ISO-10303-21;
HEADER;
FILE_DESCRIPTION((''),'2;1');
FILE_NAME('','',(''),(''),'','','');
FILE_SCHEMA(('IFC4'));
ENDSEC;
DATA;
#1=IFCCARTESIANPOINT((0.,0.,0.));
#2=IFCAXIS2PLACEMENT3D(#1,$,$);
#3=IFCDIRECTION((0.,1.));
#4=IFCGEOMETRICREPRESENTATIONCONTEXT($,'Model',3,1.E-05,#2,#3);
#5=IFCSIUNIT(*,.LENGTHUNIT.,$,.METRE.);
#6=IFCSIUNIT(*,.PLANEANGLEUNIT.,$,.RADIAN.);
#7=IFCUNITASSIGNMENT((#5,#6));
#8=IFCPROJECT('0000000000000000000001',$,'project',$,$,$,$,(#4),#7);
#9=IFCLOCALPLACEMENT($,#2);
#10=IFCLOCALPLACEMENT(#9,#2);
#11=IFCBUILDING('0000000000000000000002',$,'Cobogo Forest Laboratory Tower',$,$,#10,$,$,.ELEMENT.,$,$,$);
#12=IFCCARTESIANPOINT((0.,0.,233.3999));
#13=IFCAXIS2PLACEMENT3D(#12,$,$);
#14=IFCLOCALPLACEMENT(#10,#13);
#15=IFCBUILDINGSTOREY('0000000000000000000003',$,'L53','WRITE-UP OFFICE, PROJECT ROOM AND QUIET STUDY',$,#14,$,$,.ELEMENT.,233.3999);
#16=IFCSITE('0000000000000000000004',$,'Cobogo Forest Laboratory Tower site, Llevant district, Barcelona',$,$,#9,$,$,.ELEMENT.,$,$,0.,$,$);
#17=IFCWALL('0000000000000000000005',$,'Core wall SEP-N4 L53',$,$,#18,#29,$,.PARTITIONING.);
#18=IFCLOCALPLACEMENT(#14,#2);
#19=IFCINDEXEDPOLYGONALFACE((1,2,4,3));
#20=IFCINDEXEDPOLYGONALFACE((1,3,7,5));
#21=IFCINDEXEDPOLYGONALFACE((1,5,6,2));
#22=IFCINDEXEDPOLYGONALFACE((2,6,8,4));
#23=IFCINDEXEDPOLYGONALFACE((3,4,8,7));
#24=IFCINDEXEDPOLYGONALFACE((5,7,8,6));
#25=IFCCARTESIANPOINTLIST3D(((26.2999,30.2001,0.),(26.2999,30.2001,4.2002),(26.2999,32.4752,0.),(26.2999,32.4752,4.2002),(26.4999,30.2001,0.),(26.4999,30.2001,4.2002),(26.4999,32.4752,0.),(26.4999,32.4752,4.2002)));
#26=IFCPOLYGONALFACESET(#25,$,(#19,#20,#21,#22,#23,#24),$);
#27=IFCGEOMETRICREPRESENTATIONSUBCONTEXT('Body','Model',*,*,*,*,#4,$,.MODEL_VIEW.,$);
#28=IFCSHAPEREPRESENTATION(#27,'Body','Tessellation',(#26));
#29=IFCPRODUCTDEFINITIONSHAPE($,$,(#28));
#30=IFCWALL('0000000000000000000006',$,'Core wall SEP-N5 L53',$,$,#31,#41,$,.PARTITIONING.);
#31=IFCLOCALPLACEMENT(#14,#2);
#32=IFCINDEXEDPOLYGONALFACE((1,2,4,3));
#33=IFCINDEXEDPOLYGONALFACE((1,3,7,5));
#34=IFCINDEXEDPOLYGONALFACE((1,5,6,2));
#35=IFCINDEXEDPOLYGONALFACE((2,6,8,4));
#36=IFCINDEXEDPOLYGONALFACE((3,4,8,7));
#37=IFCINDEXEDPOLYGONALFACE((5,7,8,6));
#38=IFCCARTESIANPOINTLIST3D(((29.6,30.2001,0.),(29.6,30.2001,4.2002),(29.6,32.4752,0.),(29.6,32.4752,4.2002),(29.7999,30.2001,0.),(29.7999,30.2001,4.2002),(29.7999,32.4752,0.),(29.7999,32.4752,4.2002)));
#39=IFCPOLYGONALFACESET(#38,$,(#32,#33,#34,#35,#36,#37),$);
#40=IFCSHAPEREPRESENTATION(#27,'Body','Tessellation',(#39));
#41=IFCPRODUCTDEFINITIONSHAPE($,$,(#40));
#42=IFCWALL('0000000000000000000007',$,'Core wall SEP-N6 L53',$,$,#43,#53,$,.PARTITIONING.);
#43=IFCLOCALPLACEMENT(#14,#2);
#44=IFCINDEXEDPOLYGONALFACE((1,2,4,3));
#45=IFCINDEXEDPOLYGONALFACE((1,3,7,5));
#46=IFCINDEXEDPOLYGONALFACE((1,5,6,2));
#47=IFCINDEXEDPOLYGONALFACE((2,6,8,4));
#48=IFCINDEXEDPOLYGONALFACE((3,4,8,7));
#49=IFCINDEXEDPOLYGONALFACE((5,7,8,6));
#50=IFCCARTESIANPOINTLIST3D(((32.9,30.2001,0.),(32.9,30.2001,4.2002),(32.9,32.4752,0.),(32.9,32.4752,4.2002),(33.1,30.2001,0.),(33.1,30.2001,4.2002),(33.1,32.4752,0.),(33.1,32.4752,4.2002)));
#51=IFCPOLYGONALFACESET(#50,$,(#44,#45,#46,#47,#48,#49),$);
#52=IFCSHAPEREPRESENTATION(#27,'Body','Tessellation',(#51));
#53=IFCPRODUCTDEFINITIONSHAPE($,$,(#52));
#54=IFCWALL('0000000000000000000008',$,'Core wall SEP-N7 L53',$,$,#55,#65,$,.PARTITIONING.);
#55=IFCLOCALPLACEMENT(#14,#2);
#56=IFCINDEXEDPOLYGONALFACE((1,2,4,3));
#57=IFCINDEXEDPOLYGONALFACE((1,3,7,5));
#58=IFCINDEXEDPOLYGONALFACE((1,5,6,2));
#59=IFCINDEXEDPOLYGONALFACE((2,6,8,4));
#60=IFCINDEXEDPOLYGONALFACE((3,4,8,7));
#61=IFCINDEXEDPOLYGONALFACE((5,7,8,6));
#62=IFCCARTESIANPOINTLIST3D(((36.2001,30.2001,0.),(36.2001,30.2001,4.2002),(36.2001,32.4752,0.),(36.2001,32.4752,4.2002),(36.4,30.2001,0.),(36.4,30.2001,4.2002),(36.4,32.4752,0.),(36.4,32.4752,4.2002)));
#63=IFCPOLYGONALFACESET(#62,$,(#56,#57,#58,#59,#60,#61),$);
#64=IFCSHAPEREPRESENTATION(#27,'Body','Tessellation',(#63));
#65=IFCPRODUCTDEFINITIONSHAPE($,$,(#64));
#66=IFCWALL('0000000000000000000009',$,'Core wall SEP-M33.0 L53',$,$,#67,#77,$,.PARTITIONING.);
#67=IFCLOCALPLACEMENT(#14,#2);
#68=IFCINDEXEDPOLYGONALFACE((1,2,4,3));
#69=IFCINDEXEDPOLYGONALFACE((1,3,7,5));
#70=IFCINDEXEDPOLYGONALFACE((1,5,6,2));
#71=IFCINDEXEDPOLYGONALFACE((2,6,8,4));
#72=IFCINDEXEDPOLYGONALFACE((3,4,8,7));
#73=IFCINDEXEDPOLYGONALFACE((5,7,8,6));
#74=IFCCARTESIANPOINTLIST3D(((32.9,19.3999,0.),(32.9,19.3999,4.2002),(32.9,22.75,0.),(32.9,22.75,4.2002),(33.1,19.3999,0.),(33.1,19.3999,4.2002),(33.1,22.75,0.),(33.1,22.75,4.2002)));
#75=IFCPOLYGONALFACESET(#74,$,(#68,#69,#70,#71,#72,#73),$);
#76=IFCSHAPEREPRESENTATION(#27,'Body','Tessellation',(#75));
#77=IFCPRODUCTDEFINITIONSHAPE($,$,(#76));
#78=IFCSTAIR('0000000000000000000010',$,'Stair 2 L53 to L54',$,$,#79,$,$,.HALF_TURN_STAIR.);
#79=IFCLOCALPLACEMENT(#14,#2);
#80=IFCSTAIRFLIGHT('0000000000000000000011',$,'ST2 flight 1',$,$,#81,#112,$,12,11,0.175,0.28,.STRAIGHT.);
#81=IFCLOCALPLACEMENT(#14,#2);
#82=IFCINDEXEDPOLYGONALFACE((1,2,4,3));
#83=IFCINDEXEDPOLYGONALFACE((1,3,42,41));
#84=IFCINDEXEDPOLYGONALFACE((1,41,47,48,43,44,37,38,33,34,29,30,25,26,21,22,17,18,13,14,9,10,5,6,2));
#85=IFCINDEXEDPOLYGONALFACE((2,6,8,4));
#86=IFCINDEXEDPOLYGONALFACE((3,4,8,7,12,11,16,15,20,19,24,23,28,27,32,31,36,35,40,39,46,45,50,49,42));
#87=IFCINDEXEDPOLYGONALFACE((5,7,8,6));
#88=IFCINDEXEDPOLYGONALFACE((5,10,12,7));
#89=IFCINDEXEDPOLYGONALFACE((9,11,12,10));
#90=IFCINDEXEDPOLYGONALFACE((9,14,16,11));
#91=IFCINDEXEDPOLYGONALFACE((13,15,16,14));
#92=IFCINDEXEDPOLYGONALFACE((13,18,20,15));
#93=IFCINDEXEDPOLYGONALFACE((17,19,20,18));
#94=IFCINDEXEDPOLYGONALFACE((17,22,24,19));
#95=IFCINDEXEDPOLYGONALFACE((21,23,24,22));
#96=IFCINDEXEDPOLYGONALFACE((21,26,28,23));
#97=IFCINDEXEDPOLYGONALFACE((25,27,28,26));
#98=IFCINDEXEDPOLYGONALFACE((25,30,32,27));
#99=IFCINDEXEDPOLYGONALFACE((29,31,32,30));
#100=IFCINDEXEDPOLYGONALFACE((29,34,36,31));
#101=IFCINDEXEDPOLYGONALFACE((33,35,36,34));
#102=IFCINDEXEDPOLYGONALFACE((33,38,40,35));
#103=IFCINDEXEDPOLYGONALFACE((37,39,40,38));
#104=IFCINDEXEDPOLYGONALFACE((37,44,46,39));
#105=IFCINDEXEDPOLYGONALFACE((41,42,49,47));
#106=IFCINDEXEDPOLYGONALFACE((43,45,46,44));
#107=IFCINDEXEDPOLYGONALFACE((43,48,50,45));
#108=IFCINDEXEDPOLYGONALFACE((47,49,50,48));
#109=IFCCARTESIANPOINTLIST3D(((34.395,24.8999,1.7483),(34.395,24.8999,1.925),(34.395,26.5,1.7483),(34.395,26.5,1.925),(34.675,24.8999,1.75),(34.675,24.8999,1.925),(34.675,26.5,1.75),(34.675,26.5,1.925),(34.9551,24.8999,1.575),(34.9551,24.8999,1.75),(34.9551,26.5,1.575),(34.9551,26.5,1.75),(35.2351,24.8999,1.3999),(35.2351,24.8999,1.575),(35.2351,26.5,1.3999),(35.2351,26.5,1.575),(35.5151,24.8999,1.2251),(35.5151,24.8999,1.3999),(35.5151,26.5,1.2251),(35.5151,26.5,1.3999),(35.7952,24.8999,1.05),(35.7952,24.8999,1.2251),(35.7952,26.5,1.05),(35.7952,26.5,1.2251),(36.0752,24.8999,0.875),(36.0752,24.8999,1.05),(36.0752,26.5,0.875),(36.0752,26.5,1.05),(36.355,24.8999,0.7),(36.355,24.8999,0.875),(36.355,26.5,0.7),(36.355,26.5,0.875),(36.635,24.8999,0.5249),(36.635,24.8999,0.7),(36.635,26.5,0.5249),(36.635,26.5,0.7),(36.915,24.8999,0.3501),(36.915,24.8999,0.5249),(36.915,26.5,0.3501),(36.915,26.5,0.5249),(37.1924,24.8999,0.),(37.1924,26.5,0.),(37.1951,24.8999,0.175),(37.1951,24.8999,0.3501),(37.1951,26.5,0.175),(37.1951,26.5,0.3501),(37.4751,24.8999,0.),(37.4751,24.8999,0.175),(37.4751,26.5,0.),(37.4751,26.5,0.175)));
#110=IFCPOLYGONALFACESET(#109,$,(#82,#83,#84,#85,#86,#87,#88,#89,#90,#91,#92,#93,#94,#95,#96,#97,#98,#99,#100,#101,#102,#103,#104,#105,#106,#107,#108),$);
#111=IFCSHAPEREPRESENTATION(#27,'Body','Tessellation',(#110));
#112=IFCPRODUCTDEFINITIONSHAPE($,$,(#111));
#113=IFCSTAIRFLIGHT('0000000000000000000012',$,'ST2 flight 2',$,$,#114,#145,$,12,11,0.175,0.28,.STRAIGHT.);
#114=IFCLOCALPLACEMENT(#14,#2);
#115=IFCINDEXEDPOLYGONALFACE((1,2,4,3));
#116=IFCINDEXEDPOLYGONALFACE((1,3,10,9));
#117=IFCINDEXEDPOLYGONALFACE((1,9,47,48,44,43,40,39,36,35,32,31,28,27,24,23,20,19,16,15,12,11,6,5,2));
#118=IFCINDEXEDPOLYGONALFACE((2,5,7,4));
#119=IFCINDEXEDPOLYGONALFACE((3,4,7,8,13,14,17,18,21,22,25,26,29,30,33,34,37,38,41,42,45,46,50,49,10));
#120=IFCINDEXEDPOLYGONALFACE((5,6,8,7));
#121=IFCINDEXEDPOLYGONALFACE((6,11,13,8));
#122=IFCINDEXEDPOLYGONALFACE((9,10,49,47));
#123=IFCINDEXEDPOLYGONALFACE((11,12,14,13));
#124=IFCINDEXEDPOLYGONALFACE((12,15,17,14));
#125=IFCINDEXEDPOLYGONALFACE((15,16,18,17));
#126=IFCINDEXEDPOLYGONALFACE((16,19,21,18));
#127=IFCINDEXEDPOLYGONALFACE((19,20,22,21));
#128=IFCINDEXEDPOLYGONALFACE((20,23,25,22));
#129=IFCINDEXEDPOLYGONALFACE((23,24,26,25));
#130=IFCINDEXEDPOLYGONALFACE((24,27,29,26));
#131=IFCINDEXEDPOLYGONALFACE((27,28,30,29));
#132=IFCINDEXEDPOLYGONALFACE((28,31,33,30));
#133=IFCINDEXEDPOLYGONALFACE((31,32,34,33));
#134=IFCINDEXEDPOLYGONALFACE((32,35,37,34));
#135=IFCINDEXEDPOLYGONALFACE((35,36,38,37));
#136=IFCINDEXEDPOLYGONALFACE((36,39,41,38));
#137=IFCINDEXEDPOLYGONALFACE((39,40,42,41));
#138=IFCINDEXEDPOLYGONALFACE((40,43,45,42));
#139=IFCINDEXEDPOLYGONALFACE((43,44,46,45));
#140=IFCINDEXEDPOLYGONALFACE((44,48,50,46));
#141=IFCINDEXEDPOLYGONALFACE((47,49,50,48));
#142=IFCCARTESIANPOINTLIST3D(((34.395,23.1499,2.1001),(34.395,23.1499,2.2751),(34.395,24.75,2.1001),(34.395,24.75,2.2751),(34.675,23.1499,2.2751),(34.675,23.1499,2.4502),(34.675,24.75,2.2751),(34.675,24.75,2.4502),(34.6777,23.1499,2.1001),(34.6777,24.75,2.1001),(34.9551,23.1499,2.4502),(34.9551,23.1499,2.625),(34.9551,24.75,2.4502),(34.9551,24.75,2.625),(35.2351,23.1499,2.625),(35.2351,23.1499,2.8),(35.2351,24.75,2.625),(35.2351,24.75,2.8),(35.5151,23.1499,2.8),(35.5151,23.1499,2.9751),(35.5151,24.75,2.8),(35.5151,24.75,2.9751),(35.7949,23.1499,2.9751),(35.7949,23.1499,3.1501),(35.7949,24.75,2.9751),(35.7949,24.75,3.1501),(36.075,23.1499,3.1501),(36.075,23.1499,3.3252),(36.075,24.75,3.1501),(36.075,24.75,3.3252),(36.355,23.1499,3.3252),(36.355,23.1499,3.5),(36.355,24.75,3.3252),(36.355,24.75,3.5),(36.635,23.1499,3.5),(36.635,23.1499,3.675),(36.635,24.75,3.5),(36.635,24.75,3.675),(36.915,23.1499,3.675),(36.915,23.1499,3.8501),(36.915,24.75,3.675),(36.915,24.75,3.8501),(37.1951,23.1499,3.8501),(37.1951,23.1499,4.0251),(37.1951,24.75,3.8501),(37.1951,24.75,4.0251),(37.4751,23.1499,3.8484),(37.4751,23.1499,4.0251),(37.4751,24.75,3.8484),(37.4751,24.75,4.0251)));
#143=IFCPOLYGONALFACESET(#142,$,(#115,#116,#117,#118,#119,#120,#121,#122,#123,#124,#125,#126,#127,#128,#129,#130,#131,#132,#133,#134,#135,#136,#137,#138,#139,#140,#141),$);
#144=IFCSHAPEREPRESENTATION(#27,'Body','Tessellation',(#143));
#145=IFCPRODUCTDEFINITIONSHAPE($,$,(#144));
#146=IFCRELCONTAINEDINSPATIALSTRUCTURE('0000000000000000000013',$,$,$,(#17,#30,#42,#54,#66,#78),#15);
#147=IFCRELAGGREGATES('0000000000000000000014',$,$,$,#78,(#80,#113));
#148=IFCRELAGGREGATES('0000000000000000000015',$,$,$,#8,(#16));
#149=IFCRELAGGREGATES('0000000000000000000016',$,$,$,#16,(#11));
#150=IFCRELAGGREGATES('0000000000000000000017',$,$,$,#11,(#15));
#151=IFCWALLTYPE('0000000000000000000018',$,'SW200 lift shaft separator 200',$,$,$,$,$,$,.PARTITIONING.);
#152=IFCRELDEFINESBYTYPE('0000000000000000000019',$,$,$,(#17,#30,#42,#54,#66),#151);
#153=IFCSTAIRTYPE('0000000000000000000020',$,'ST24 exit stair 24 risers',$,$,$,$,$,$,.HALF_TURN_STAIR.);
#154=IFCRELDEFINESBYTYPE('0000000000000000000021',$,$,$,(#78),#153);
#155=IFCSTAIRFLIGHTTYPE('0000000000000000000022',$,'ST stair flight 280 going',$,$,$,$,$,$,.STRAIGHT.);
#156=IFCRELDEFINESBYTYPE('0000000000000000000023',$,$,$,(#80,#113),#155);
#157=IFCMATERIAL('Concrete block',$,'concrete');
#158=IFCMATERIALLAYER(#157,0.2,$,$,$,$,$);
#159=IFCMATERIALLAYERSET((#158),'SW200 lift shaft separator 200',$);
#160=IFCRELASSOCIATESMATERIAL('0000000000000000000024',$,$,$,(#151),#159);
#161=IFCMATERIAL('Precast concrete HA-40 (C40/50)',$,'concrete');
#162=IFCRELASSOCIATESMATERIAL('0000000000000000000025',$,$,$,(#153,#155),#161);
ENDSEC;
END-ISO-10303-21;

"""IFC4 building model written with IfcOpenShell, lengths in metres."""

from ifc_helpers import new_model, si_unit, direction, frame, frame_2d, origin, place, context, subcontext, project, spatial, polyline, rectangle, outline, extrude, material, layer, layer_set, type_object, element, aggregate, save


model = new_model("IFC4")

# Units and contexts
model_context = context("Model", 3, precision=1e-05, world=origin(), true_north=direction((0.0, 1.0)))
body_context = subcontext(model_context, "Body", "Model", "MODEL_VIEW")
ifc_project = project(units=[si_unit("LENGTHUNIT", "METRE"), si_unit("PLANEANGLEUNIT", "RADIAN")], contexts=[model_context])

# Site, building, storey
site_placement = place(None, origin())
site = spatial("IfcSite", under=ifc_project, at=site_placement, Name="Cobogo Forest Laboratory Tower site, Llevant district, Barcelona", CompositionType="ELEMENT", RefElevation=0.0)
building_placement = place(site_placement, origin())
building = spatial("IfcBuilding", under=site, at=building_placement, Name="Cobogo Forest Laboratory Tower", CompositionType="ELEMENT")
storey_placement = place(building_placement, frame((0.0, 0.0, 233.3999)))
storey = spatial("IfcBuildingStorey", under=building, at=storey_placement, Name="L53", Description="WRITE-UP OFFICE, PROJECT ROOM AND QUIET STUDY", CompositionType="ELEMENT", Elevation=233.3999)

# Walls
ifc_material_1 = material(Name="Concrete block", Category="concrete")
ifc_layer_1 = layer(ifc_material_1, 0.2)
ifc_layer_set_1 = layer_set([ifc_layer_1], Name="SW200 lift shaft separator 200")
wall_type_1 = type_object("IfcWallType", Name="SW200 lift shaft separator 200", PredefinedType="PARTITIONING", material=ifc_layer_set_1)
for number, where, z_axis, x_axis, name in (
    (1, (26.3999, 30.2, 0.0), (0.0, 0.0, 1.0), (0.0, 1.0, 0.0), "Core wall SEP-N4 L53"),
    (2, (29.7, 30.2, 0.0), (0.0, 0.0, 1.0), (0.0, 1.0, 0.0), "Core wall SEP-N5 L53"),
    (3, (33.0, 30.2, 0.0), (0.0, 0.0, 1.0), (0.0, 1.0, 0.0), "Core wall SEP-N6 L53"),
    (4, (36.3, 30.2, 0.0), (0.0, 0.0, 1.0), (0.0, 1.0, 0.0), "Core wall SEP-N7 L53"),
):
    element("IfcWall", number, at=place(storey_placement, frame(where, z_axis=z_axis, x_axis=x_axis)), inside=storey, type_object=wall_type_1, Name=name, PredefinedType="PARTITIONING", context=body_context, shape_type="SweptSolid", body=[
        extrude(rectangle(XDim=2.2751, YDim=0.2, at=frame_2d((1.1377, 0.0))), origin(), (0.0, 0.0, 1.0), 4.2002),
    ])
wall_1_placement = place(storey_placement, frame((33.0, 19.3999, 0.0), z_axis=(0.0, 0.0, 1.0), x_axis=(0.0, 1.0, 0.0)))
element("IfcWall", 5, at=wall_1_placement, inside=storey, type_object=wall_type_1, Name="Core wall SEP-M33.0 L53", PredefinedType="PARTITIONING", context=body_context, shape_type="SweptSolid", body=[
    extrude(rectangle(XDim=3.3501, YDim=0.2, at=frame_2d((1.675, 0.0))), origin(), (0.0, 0.0, 1.0), 4.2002),
])

# Stair, stair flights
ifc_material_2 = material(Name="Precast concrete HA-40 (C40/50)", Category="concrete")
stair_type = type_object("IfcStairType", Name="ST24 exit stair 24 risers", PredefinedType="HALF_TURN_STAIR", material=ifc_material_2)
stair_placement = place(storey_placement, origin())
stair = element("IfcStair", 6, at=stair_placement, inside=storey, type_object=stair_type, Name="Stair 2 L53 to L54", PredefinedType="HALF_TURN_STAIR")
stair_flight_type = type_object("IfcStairFlightType", Name="ST stair flight 280 going", PredefinedType="STRAIGHT", material=ifc_material_2)
stair_flight_1_placement = place(storey_placement, frame((37.4751, 25.7, 0.0), z_axis=(0.0, 0.0, 1.0), x_axis=(-1.0, 0.0, 0.0)))
stair_flight_1 = element("IfcStairFlight", 7, at=stair_flight_1_placement, type_object=stair_flight_type, Name="ST2 flight 1", NumberOfRisers=12, NumberOfTreads=11, PredefinedType="STRAIGHT", RiserHeight=0.175, TreadLength=0.28, context=body_context, shape_type="SweptSolid", body=[
    extrude(outline(polyline([(0.0, 0.0), (0.0, 0.175), (0.28, 0.175), (0.28, 0.3501), (0.5601, 0.3501), (0.5601, 0.5249), (0.8401, 0.5249), (0.8401, 0.7), (1.1201, 0.7), (1.1201, 0.875), (1.3999, 0.875), (1.3999, 1.05), (1.6799, 1.05), (1.6799, 1.2251), (1.96, 1.2251), (1.96, 1.3999), (2.24, 1.3999), (2.24, 1.575), (2.52, 1.575), (2.52, 1.75), (2.8, 1.75), (2.8, 1.925), (3.0801, 1.925), (3.0801, 2.1001), (3.0801, 1.7483), (0.2827, 0.0), (0.0, 0.0)])), frame((0.0, 0.8, 0.0), z_axis=(0.0, -1.0, 0.0), x_axis=(1.0, 0.0, 0.0)), (0.0, 0.0, 1.0), 1.6001),
])
stair_flight_2_placement = place(storey_placement, frame((34.395, 23.95, 2.1001), z_axis=(0.0, 0.0, 1.0), x_axis=(1.0, 0.0, 0.0)))
stair_flight_2 = element("IfcStairFlight", 8, at=stair_flight_2_placement, type_object=stair_flight_type, Name="ST2 flight 2", NumberOfRisers=12, NumberOfTreads=11, PredefinedType="STRAIGHT", RiserHeight=0.175, TreadLength=0.28, context=body_context, shape_type="SweptSolid", body=[
    extrude(outline(polyline([(0.0, 0.0), (0.0, 0.175), (0.28, 0.175), (0.28, 0.3501), (0.5601, 0.3501), (0.5601, 0.5249), (0.8401, 0.5249), (0.8401, 0.7), (1.1201, 0.7), (1.1201, 0.875), (1.3999, 0.875), (1.3999, 1.05), (1.6799, 1.05), (1.6799, 1.2251), (1.96, 1.2251), (1.96, 1.3999), (2.24, 1.3999), (2.24, 1.575), (2.52, 1.575), (2.52, 1.75), (2.8, 1.75), (2.8, 1.925), (3.0801, 1.925), (3.0801, 2.1001), (3.0801, 1.7483), (0.2827, 0.0), (0.0, 0.0)])), frame((0.0, 0.8, 0.0), z_axis=(0.0, -1.0, 0.0), x_axis=(1.0, 0.0, 0.0)), (0.0, 0.0, 1.0), 1.6001),
])
aggregate(stair, [stair_flight_1, stair_flight_2])

save(model, "model.ifc")
